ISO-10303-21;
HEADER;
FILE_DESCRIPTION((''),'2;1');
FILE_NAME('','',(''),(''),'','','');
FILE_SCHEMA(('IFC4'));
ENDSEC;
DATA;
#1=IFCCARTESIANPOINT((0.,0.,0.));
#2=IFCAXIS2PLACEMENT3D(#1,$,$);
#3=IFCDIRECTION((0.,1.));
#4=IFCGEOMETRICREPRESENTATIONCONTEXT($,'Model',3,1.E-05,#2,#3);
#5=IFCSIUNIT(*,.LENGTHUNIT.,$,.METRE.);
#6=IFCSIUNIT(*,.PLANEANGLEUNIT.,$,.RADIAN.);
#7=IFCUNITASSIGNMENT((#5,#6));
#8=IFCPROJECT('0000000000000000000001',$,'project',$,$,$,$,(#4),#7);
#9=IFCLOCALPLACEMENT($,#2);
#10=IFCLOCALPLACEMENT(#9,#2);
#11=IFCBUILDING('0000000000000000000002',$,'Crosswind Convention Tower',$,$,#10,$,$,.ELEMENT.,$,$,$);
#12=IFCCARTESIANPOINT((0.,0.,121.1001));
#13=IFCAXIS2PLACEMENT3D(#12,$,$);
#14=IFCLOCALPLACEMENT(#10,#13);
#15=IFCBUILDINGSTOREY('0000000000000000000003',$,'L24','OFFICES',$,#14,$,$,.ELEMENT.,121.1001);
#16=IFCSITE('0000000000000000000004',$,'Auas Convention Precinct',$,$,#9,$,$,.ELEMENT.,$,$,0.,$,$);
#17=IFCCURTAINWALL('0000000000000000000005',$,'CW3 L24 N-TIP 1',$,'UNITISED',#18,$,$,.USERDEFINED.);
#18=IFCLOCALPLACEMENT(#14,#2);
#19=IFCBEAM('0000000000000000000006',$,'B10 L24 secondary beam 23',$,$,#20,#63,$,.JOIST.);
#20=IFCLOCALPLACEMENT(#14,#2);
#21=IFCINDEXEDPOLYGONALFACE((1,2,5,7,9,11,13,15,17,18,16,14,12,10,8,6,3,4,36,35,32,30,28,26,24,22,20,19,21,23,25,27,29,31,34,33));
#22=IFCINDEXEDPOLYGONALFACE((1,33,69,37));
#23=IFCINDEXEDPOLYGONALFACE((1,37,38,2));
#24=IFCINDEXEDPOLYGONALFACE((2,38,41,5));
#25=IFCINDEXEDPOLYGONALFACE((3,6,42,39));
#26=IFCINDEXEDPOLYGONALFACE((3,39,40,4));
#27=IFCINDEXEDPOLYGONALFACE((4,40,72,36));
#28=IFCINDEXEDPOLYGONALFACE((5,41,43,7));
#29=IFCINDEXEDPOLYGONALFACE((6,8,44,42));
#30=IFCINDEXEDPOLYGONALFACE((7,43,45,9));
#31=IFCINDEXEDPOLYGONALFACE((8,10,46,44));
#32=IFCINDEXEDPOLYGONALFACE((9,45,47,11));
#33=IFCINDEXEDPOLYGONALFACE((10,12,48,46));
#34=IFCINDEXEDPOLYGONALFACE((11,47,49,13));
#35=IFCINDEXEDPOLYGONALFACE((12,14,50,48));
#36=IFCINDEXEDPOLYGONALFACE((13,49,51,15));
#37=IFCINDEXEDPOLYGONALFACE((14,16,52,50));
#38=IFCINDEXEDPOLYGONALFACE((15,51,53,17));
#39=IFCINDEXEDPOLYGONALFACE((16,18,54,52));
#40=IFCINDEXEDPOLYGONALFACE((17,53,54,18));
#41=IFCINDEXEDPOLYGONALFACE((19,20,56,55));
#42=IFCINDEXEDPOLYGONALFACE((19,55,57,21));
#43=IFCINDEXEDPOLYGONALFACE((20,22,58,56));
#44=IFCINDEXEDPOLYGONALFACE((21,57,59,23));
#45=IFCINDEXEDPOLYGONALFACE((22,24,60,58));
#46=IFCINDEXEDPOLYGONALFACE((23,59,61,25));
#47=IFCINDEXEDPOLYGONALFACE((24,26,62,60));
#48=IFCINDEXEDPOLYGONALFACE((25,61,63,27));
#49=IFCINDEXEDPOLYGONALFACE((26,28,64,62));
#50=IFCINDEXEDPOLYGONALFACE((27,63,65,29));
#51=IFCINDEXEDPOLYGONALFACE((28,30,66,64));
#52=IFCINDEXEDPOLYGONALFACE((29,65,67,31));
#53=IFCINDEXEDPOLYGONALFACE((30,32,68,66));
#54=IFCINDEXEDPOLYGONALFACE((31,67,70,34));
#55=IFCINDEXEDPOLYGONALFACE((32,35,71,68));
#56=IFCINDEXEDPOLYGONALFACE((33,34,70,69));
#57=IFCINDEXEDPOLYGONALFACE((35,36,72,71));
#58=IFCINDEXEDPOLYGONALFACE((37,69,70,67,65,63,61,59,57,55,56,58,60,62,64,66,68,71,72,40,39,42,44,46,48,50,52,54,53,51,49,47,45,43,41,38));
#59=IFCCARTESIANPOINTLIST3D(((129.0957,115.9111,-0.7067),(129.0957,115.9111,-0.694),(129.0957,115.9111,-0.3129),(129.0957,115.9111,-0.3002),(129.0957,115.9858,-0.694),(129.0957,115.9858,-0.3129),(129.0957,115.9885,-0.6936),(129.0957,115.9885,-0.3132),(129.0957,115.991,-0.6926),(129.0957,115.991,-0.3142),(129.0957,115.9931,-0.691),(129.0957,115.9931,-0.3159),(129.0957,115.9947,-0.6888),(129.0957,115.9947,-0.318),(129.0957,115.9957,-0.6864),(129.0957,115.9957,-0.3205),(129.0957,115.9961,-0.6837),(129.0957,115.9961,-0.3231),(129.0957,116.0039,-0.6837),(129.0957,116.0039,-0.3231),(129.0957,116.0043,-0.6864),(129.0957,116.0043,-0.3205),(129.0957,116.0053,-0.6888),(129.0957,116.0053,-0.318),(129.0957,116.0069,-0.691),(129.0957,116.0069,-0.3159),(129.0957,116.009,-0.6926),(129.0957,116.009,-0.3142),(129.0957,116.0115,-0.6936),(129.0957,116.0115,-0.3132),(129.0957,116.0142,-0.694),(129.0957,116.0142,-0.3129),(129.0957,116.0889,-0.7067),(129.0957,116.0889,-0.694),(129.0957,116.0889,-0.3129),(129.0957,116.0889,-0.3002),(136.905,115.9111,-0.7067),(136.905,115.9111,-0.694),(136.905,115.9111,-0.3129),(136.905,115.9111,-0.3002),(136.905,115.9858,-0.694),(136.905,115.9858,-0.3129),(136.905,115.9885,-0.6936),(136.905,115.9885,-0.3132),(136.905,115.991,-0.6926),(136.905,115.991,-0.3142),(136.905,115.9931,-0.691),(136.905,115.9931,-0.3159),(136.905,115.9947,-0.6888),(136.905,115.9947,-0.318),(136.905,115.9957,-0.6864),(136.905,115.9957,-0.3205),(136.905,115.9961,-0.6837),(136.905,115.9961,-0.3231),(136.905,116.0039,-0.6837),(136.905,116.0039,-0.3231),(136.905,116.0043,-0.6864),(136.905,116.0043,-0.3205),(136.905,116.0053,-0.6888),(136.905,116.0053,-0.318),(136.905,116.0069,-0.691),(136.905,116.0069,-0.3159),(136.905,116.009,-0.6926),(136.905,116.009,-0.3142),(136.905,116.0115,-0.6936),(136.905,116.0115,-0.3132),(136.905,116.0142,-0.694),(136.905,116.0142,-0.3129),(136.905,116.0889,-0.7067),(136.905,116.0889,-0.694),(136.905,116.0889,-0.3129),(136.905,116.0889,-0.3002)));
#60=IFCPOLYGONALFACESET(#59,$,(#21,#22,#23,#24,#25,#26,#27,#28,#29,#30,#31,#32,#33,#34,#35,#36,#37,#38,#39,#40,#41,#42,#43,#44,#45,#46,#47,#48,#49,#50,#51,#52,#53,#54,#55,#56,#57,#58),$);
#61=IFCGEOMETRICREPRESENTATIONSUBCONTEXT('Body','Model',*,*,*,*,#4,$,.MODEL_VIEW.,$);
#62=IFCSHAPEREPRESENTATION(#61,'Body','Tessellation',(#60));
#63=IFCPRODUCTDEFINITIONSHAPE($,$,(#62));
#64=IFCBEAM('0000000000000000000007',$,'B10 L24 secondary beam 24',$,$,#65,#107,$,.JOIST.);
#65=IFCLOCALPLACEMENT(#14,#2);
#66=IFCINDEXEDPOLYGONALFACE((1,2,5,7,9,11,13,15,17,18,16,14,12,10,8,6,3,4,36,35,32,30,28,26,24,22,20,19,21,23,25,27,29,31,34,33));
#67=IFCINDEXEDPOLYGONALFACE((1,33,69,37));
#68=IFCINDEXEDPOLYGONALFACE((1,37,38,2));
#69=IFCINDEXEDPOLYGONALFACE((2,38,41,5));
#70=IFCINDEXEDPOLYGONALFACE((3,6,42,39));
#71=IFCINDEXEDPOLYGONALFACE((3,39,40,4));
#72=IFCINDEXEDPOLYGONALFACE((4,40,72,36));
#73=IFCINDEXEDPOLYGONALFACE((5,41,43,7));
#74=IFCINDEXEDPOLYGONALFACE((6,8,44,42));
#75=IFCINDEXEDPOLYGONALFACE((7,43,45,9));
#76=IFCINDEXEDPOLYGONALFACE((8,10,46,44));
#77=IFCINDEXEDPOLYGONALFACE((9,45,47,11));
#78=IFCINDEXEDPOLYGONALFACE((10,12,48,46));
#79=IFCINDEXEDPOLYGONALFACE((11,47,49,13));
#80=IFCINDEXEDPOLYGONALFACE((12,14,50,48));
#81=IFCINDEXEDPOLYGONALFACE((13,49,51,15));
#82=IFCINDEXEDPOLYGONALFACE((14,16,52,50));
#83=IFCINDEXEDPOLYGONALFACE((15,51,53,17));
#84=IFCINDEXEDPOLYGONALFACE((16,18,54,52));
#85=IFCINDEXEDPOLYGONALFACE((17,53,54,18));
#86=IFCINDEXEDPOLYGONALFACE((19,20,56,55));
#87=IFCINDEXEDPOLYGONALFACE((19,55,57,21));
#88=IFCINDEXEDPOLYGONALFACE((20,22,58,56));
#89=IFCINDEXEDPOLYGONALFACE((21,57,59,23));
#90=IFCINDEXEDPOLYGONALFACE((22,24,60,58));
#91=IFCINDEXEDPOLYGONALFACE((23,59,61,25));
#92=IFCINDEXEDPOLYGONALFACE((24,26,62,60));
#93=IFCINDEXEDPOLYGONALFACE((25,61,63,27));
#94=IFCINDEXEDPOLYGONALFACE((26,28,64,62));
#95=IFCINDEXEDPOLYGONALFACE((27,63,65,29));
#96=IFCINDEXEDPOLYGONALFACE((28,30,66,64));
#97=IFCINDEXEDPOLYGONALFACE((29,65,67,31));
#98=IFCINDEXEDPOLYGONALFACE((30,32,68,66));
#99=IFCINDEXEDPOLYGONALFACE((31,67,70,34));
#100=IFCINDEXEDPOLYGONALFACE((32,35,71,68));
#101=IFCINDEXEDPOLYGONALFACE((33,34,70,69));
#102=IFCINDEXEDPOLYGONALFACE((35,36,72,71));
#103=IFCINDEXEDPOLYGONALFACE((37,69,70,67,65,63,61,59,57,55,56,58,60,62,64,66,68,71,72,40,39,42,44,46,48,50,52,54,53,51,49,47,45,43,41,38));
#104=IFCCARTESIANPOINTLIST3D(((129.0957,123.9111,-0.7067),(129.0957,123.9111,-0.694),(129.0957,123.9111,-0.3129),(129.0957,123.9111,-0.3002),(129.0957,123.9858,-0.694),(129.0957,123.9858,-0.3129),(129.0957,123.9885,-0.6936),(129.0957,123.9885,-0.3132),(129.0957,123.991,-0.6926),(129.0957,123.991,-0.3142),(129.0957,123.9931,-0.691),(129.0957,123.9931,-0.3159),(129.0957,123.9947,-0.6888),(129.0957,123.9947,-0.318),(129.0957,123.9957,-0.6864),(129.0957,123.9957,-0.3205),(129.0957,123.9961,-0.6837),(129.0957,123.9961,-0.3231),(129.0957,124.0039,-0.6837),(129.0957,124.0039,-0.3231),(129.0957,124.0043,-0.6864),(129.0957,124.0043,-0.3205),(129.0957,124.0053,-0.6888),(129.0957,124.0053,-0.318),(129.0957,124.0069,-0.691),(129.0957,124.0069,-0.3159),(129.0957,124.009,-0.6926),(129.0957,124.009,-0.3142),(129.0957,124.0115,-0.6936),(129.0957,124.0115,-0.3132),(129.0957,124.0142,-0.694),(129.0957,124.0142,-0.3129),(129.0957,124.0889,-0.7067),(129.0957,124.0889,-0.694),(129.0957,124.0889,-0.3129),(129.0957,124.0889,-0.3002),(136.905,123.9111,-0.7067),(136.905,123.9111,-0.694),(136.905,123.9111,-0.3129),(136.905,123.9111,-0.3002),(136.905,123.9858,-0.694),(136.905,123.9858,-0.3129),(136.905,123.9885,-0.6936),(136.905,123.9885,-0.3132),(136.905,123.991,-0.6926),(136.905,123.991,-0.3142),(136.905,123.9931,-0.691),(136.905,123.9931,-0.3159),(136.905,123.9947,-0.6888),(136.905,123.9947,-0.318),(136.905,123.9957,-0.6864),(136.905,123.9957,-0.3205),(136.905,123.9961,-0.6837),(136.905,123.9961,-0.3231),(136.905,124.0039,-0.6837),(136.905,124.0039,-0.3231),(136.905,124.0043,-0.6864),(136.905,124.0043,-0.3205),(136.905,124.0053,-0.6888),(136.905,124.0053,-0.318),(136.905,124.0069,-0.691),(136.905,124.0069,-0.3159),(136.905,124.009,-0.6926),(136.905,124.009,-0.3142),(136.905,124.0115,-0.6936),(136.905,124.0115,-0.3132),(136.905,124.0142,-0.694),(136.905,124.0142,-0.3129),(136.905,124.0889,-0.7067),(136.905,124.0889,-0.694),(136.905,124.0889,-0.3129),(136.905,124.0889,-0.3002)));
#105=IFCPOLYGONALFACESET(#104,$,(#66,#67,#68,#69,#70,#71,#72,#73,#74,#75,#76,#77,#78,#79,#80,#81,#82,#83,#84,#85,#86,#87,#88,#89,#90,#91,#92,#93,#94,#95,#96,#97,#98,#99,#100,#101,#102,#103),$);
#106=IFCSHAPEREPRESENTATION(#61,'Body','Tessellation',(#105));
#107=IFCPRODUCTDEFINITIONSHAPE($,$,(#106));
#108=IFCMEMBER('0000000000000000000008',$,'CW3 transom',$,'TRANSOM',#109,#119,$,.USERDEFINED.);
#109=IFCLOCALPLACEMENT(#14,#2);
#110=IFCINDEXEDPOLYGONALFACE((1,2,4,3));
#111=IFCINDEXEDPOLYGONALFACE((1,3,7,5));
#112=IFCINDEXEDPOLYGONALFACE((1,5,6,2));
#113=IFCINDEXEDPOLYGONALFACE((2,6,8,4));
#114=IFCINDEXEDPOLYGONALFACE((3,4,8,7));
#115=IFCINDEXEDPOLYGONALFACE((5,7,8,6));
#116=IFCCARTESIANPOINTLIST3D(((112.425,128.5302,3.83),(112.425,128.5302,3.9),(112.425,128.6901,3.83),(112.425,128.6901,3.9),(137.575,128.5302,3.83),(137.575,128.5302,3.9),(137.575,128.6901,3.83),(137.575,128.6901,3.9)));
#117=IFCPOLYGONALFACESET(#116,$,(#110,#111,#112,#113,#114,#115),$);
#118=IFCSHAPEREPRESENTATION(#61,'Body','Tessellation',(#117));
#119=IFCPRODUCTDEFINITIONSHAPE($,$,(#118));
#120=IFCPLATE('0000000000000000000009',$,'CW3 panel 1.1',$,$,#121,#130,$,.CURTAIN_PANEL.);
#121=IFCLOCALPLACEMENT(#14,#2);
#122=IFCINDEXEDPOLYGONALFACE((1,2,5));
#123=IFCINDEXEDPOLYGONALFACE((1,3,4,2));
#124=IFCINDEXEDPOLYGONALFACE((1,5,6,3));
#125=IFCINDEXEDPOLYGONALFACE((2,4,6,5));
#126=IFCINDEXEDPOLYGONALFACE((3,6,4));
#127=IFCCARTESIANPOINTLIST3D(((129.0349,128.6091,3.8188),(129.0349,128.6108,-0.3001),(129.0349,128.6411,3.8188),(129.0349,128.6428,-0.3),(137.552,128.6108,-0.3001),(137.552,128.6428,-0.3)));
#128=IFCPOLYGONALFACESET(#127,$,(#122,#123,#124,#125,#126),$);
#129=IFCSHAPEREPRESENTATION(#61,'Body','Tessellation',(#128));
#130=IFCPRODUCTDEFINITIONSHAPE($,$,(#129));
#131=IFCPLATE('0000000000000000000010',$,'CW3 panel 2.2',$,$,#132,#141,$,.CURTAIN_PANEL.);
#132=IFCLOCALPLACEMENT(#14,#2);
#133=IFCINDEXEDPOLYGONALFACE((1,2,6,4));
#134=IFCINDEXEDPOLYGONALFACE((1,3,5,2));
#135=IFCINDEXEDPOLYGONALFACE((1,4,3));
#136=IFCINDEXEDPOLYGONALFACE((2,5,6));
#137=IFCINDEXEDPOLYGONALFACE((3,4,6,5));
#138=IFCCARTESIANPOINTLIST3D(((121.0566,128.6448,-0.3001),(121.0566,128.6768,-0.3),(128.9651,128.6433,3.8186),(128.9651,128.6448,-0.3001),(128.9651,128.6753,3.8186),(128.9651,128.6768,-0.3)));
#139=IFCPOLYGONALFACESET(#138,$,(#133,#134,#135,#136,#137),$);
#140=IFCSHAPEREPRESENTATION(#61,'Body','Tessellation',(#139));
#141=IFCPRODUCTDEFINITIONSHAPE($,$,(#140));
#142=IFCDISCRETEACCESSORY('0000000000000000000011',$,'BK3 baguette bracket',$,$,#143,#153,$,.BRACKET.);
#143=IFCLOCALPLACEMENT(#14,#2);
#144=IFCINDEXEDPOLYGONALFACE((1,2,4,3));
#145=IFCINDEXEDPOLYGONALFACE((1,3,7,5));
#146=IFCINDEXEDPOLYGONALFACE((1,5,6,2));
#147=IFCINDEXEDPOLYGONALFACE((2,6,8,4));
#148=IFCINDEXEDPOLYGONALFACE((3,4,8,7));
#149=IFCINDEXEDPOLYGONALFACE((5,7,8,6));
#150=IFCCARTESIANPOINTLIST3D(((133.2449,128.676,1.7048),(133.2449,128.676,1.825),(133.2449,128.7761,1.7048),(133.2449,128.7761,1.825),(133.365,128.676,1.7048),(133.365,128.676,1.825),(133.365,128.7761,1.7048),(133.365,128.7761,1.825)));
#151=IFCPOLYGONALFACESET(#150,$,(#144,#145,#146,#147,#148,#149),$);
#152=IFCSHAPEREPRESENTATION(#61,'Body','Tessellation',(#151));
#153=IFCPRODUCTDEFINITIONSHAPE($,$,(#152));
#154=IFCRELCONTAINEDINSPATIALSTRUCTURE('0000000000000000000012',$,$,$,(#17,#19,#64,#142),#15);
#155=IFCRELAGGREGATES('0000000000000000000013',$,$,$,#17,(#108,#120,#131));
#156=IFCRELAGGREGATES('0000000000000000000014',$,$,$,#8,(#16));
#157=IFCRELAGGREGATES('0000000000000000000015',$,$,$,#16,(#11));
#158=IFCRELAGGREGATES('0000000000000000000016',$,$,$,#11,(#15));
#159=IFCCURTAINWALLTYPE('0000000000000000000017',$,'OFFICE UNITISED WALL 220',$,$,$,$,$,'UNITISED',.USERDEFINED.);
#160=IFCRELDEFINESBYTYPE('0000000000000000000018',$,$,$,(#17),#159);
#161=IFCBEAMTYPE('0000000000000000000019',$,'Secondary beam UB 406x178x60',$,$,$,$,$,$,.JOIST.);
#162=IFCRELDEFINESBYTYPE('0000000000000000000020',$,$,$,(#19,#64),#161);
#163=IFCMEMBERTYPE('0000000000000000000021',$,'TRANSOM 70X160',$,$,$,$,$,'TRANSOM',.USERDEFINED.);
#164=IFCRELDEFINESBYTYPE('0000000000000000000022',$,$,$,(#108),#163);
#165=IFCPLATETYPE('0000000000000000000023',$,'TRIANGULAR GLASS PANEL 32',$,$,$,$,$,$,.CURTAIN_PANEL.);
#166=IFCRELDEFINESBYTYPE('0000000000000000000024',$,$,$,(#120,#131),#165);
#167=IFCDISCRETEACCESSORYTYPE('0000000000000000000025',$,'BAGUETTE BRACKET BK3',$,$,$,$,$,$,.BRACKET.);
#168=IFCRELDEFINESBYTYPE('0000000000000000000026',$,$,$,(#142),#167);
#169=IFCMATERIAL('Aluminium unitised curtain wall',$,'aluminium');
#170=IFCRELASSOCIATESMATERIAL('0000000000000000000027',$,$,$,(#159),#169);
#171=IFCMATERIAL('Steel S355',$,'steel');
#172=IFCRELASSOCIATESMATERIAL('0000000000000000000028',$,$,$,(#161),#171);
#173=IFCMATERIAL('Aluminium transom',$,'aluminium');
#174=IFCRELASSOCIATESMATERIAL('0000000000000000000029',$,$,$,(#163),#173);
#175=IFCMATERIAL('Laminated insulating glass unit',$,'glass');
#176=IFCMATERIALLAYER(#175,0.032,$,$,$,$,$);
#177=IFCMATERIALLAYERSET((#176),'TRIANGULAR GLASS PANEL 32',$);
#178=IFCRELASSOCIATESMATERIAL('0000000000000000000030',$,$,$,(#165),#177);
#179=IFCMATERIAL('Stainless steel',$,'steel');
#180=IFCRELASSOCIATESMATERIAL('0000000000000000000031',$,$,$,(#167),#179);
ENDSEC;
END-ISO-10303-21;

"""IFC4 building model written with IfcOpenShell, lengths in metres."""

from ifc_helpers import new_model, si_unit, direction, frame, origin, origin_2d, place, context, subcontext, project, spatial, polyline, rectangle, i_section, outline, extrude, material, layer, layer_set, material_profile, profile_set, type_object, element, aggregate, save


model = new_model("IFC4")

# Units and contexts
model_context = context("Model", 3, precision=1e-05, world=origin(), true_north=direction((0.0, 1.0)))
body_context = subcontext(model_context, "Body", "Model", "MODEL_VIEW")
ifc_project = project(units=[si_unit("LENGTHUNIT", "METRE"), si_unit("PLANEANGLEUNIT", "RADIAN")], contexts=[model_context])

# Site, building, storey
site_placement = place(None, origin())
site = spatial("IfcSite", under=ifc_project, at=site_placement, Name="Auas Convention Precinct", CompositionType="ELEMENT", RefElevation=0.0)
building_placement = place(site_placement, origin())
building = spatial("IfcBuilding", under=site, at=building_placement, Name="Crosswind Convention Tower", CompositionType="ELEMENT")
storey_placement = place(building_placement, frame((0.0, 0.0, 121.1001)))
storey = spatial("IfcBuildingStorey", under=building, at=storey_placement, Name="L24", Description="OFFICES", CompositionType="ELEMENT", Elevation=121.1001)

# Shared definitions
ifc_material_1 = material(Name="Steel S355", Category="steel")

# Curtain wall
ifc_material_2 = material(Name="Aluminium unitised curtain wall", Category="aluminium")
curtain_wall_type = type_object("IfcCurtainWallType", Name="OFFICE UNITISED WALL 220", ElementType="UNITISED", PredefinedType="USERDEFINED", material=ifc_material_2)
curtain_wall_placement = place(storey_placement, origin())
curtain_wall = element("IfcCurtainWall", 1, at=curtain_wall_placement, inside=storey, type_object=curtain_wall_type, Name="CW3 L24 N-TIP 1", ObjectType="UNITISED", PredefinedType="USERDEFINED")

# Beams
ifc_material_profile_1 = material_profile(ifc_material_1, i_section(OverallWidth=0.1777, OverallDepth=0.4065, WebThickness=0.0078, FlangeThickness=0.0127, FilletRadius=0.0103, at=origin_2d()), Name="UB 406x178x60")
ifc_profile_set_1 = profile_set([ifc_material_profile_1], Name="Steel S355")
beam_type_1 = type_object("IfcBeamType", Name="Secondary beam UB 406x178x60", PredefinedType="JOIST", material=ifc_profile_set_1)
for number, where, z_axis, x_axis, name in (
    (2, (129.0957, 116.0, -0.5034), (1.0, 0.0, 0.0), (0.0, 1.0, 0.0), "B10 L24 secondary beam 23"),
    (3, (129.0957, 124.0, -0.5034), (1.0, 0.0, 0.0), (0.0, 1.0, 0.0), "B10 L24 secondary beam 24"),
):
    element("IfcBeam", number, at=place(storey_placement, frame(where, z_axis=z_axis, x_axis=x_axis)), inside=storey, type_object=beam_type_1, Name=name, PredefinedType="JOIST", context=body_context, shape_type="SweptSolid", body=[
        extrude(i_section(OverallWidth=0.1777, OverallDepth=0.4065, WebThickness=0.0078, FlangeThickness=0.0127, FilletRadius=0.0103, at=origin_2d()), origin(), (0.0, 0.0, 1.0), 7.8093),
    ])

# Member
ifc_material_3 = material(Name="Aluminium transom", Category="aluminium")
ifc_material_profile_2 = material_profile(ifc_material_3, rectangle(XDim=0.1599, YDim=0.0701, at=origin_2d()), Name="AL 160X70")
ifc_profile_set_2 = profile_set([ifc_material_profile_2], Name="Aluminium transom")
member_type_1 = type_object("IfcMemberType", Name="TRANSOM 70X160", ElementType="TRANSOM", PredefinedType="USERDEFINED", material=ifc_profile_set_2)
member_1_placement = place(storey_placement, frame((137.575, 128.6101, 3.865), z_axis=(-1.0, 0.0, 0.0), x_axis=(0.0, -1.0, 0.0)))
member_1 = element("IfcMember", 4, at=member_1_placement, type_object=member_type_1, Name="CW3 transom", ObjectType="TRANSOM", PredefinedType="USERDEFINED", context=body_context, shape_type="SweptSolid", body=[
    extrude(rectangle(XDim=0.1599, YDim=0.0701, at=origin_2d()), origin(), (0.0, 0.0, 1.0), 25.1499),
])

# Plates
ifc_material_4 = material(Name="Laminated insulating glass unit", Category="glass")
ifc_layer = layer(ifc_material_4, 0.032)
ifc_layer_set = layer_set([ifc_layer], Name="TRIANGULAR GLASS PANEL 32")
plate_type = type_object("IfcPlateType", Name="TRIANGULAR GLASS PANEL 32", PredefinedType="CURTAIN_PANEL", material=ifc_layer_set)
plate_1_placement = place(storey_placement, frame((129.0349, 128.6428, -0.3), z_axis=(0.0, 1.0, 0.000415), x_axis=(0.0, -0.000415, 1.0)))
plate_1 = element("IfcPlate", 5, at=plate_1_placement, type_object=plate_type, Name="CW3 panel 1.1", PredefinedType="CURTAIN_PANEL", context=body_context, shape_type="SweptSolid", body=[
    extrude(outline(polyline([(0.0, 0.0), (4.1189, 0.0), (0.0, 8.5171), (0.0, 0.0)])), origin(), (0.0, 0.0, -1.0), 0.032),
])
plate_2_placement = place(storey_placement, frame((128.9651, 128.6768, -0.3), z_axis=(0.0, 1.0, 0.000356), x_axis=(-1.0, 0.0, 0.0)))
plate_2 = element("IfcPlate", 6, at=plate_2_placement, type_object=plate_type, Name="CW3 panel 2.2", PredefinedType="CURTAIN_PANEL", context=body_context, shape_type="SweptSolid", body=[
    extrude(outline(polyline([(0.0, 0.0), (7.9084, 0.0), (0.0, 4.1187), (0.0, 0.0)])), origin(), (0.0, 0.0, -1.0), 0.032),
])
aggregate(curtain_wall, [member_1, plate_1, plate_2])

# Discrete accessory
ifc_material_5 = material(Name="Stainless steel", Category="steel")
discrete_accessory_type = type_object("IfcDiscreteAccessoryType", Name="BAGUETTE BRACKET BK3", PredefinedType="BRACKET", material=ifc_material_5)
discrete_accessory_placement = place(storey_placement, frame((133.3049, 128.7261, 1.7048), z_axis=(0.0, 0.0, 1.0), x_axis=(-1.0, 0.0, 0.0)))
element("IfcDiscreteAccessory", 7, at=discrete_accessory_placement, inside=storey, type_object=discrete_accessory_type, Name="BK3 baguette bracket", PredefinedType="BRACKET", context=body_context, shape_type="SweptSolid", body=[
    extrude(rectangle(XDim=0.1201, YDim=0.1001, at=origin_2d()), origin(), (0.0, 0.0, 1.0), 0.1201),
])

save(model, "model.ifc")
